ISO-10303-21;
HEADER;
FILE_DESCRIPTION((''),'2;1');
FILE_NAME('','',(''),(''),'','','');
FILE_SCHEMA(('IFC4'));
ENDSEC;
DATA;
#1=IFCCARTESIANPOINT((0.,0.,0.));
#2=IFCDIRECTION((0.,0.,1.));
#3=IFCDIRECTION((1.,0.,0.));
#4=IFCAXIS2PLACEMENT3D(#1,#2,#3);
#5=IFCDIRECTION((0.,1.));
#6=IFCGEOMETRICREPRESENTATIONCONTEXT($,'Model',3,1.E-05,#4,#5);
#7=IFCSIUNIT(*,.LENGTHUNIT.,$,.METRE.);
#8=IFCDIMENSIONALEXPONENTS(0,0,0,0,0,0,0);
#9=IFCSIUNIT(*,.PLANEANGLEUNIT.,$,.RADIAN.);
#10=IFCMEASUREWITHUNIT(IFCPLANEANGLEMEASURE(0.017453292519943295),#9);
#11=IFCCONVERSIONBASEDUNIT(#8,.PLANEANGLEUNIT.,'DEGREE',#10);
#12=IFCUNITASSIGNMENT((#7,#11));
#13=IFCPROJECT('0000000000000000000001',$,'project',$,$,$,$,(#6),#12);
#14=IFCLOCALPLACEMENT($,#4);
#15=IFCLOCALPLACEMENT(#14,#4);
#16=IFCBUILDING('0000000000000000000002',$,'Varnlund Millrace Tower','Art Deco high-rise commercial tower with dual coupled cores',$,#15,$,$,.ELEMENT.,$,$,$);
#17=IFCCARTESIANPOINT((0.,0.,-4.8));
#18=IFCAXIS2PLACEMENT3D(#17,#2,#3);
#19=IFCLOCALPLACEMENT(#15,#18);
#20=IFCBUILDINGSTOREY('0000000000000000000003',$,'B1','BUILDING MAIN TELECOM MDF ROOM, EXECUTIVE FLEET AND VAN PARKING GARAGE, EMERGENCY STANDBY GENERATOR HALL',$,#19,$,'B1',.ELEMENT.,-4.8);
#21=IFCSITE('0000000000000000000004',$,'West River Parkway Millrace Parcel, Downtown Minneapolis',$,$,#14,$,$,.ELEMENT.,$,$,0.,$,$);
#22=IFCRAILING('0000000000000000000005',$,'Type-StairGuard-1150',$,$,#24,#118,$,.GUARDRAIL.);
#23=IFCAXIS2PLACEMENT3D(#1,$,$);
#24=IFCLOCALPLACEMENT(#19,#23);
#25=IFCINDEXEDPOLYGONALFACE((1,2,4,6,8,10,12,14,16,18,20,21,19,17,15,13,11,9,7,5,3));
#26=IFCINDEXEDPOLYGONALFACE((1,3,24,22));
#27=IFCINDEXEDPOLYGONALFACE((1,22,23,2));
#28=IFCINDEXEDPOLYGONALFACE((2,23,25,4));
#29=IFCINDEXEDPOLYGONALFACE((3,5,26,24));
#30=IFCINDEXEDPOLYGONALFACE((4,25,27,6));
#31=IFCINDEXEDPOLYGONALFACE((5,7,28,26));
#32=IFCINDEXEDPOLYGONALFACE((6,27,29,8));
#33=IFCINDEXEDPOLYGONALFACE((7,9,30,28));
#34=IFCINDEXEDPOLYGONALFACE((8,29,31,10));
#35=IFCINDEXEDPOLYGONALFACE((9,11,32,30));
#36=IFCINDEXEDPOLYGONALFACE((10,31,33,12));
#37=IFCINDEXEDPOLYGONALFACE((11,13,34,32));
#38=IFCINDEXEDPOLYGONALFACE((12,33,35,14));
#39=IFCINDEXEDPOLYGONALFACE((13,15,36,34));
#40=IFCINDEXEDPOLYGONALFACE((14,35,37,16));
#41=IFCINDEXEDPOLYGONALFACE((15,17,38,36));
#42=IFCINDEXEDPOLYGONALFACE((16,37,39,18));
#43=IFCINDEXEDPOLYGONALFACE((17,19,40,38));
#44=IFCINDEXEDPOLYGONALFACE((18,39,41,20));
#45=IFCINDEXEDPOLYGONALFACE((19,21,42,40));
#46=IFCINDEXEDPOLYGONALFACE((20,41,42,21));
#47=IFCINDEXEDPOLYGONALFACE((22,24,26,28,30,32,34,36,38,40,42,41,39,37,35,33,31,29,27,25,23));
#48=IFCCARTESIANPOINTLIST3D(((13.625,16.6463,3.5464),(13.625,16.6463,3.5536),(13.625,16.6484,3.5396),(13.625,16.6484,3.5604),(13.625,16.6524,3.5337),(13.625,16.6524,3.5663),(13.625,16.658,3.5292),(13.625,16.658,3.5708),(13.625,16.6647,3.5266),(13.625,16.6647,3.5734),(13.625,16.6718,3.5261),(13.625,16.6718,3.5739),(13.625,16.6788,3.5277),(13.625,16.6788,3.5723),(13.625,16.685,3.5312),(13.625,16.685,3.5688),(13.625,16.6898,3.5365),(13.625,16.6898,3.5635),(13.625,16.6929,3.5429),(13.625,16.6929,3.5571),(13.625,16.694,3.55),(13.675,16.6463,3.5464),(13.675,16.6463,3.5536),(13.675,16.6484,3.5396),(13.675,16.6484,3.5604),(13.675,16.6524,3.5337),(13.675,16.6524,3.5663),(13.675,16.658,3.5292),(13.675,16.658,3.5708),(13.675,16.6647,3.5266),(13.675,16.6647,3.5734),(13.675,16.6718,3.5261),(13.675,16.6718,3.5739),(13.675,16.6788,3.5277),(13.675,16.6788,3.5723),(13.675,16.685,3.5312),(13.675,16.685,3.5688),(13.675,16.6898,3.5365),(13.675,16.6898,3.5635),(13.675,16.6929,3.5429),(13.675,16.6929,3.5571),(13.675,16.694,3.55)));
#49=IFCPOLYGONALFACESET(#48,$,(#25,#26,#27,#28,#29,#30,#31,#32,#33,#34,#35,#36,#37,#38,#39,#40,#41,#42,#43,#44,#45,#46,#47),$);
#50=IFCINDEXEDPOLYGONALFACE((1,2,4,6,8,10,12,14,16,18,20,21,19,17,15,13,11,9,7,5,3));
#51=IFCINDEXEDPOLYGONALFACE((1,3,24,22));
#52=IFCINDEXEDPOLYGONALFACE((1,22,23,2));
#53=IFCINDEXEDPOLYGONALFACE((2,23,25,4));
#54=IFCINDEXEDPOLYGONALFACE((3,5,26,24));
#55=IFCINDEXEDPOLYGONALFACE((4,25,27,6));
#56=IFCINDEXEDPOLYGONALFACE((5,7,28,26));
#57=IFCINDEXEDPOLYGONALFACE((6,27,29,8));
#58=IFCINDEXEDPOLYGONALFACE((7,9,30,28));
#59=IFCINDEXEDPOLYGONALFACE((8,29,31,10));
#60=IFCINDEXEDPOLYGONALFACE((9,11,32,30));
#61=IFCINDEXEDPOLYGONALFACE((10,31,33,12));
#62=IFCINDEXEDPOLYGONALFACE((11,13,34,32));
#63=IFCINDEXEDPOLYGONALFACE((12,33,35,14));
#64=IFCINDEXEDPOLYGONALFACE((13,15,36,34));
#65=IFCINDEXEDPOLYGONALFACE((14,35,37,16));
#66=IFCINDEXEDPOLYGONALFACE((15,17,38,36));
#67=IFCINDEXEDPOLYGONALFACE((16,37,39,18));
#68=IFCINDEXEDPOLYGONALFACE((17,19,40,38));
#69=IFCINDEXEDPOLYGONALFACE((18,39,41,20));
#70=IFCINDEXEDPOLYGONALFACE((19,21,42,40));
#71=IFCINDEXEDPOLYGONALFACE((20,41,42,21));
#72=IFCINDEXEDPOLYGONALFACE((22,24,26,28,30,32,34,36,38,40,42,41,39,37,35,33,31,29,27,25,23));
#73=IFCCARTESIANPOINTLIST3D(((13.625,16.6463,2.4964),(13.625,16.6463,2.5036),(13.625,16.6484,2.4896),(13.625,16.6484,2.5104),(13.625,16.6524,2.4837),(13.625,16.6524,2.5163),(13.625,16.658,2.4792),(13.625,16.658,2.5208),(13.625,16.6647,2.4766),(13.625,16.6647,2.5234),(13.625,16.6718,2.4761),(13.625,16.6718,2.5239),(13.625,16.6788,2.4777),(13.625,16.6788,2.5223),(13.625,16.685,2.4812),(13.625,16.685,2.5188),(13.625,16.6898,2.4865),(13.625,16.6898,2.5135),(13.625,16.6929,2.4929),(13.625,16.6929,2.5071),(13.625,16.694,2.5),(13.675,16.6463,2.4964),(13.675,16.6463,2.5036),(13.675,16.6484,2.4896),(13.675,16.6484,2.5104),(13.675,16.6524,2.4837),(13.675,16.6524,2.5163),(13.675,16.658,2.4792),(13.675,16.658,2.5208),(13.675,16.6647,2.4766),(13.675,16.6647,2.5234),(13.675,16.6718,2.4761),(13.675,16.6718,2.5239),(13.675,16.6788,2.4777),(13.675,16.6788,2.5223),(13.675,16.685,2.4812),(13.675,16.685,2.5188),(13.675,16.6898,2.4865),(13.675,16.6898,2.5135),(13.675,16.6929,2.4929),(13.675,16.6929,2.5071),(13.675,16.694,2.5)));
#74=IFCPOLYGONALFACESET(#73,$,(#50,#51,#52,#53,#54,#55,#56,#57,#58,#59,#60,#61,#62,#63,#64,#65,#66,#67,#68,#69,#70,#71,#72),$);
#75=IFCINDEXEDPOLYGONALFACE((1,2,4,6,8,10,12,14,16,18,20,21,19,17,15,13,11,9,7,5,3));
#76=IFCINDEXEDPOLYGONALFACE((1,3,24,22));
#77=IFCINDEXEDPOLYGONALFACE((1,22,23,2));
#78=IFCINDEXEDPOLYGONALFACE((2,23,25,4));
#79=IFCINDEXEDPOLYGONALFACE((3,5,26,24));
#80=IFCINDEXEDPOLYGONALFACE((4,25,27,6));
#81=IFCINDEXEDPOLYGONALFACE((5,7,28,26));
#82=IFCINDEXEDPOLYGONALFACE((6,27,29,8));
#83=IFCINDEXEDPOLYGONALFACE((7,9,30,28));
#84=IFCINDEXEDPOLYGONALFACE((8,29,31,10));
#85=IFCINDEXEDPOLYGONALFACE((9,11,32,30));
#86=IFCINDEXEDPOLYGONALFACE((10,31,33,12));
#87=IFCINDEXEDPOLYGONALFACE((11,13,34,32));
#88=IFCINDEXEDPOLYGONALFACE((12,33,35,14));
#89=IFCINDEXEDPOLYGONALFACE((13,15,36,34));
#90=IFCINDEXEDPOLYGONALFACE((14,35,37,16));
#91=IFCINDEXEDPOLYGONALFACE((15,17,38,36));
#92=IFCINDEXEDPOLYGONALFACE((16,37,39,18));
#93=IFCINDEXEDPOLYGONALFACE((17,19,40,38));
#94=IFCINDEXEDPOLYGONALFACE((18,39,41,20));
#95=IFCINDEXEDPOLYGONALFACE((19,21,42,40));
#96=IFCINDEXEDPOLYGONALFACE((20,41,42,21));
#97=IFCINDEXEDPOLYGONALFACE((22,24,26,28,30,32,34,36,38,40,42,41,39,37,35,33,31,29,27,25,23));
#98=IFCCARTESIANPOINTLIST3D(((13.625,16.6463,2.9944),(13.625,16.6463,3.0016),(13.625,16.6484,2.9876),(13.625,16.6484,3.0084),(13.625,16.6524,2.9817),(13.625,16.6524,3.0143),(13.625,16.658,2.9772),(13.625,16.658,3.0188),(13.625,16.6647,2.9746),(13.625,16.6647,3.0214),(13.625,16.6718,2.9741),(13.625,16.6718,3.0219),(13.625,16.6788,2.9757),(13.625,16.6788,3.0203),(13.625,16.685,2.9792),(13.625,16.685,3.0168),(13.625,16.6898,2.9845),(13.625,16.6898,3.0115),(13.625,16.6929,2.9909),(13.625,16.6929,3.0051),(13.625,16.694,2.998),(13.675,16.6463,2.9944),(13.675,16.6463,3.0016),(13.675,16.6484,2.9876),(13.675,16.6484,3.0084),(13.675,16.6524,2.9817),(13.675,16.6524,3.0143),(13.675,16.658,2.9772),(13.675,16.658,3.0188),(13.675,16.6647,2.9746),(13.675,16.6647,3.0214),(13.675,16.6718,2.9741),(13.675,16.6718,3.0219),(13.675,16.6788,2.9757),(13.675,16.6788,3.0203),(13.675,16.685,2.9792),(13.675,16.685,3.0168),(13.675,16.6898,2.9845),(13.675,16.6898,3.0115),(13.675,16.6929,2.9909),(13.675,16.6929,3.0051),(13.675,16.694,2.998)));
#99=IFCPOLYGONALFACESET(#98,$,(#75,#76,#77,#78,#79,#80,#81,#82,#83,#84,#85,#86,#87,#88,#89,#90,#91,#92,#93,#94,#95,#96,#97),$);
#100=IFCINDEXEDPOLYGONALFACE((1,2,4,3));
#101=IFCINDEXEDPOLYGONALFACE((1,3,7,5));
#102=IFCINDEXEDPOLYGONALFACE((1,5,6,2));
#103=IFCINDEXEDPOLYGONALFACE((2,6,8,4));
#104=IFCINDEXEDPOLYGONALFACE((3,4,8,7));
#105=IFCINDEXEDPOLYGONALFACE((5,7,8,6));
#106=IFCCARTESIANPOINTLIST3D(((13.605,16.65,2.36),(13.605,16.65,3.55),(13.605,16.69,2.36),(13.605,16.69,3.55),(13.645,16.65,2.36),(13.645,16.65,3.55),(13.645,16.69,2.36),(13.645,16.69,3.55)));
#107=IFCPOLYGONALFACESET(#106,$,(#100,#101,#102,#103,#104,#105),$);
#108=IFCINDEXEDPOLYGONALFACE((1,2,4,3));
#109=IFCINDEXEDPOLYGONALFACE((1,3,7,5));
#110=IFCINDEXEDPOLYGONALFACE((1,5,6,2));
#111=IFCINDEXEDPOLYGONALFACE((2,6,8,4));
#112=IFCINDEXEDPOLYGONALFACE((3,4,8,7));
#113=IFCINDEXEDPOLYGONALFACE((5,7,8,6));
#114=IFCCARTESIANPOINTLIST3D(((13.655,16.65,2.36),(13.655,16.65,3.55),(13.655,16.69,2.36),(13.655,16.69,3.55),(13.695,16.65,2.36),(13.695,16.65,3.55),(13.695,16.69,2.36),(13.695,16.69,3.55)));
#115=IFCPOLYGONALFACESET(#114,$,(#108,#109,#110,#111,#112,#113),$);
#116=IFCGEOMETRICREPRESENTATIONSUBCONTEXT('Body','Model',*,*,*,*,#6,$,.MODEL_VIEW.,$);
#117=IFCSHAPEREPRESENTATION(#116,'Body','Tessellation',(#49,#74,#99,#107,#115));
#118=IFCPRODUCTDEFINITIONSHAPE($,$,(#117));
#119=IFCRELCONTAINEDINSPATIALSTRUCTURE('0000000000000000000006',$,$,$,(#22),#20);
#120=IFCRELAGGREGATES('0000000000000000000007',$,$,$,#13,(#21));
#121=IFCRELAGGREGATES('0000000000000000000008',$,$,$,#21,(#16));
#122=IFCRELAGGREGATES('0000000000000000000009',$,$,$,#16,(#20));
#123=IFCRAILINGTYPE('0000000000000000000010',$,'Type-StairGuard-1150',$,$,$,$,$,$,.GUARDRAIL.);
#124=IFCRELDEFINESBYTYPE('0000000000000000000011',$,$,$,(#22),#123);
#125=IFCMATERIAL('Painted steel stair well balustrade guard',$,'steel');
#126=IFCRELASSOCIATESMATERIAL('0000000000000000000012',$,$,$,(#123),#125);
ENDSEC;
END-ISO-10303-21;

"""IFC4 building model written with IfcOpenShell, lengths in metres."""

from ifc_helpers import new_model, entity, si_unit, converted_unit, direction, frame, origin_with_axes, origin_2d_with_axis, place, context, subcontext, project, spatial, rectangle, circle, extrude, material, type_object, element, save


model = new_model("IFC4")

# Units and contexts
model_context = context("Model", 3, precision=1e-05, world=origin_with_axes(), true_north=direction((0.0, 1.0)))
body_context = subcontext(model_context, "Body", "Model", "MODEL_VIEW")
ifc_project = project(units=[si_unit("LENGTHUNIT", "METRE"), converted_unit("PLANEANGLEUNIT", "DEGREE", entity("IfcPlaneAngleMeasure", 0.017453292519943295), si_unit("PLANEANGLEUNIT", "RADIAN"), dimensions=[0, 0, 0, 0, 0, 0, 0])], contexts=[model_context])

# Site, building, storey
site_placement = place(None, origin_with_axes())
site = spatial("IfcSite", under=ifc_project, at=site_placement, Name="West River Parkway Millrace Parcel, Downtown Minneapolis", CompositionType="ELEMENT", RefElevation=0.0)
building_placement = place(site_placement, origin_with_axes())
building = spatial("IfcBuilding", under=site, at=building_placement, Name="Varnlund Millrace Tower", Description="Art Deco high-rise commercial tower with dual coupled cores", CompositionType="ELEMENT")
storey_placement = place(building_placement, frame((0.0, 0.0, -4.8), z_axis=(0.0, 0.0, 1.0), x_axis=(1.0, 0.0, 0.0)))
storey = spatial("IfcBuildingStorey", under=building, at=storey_placement, Name="B1", Description="BUILDING MAIN TELECOM MDF ROOM, EXECUTIVE FLEET AND VAN PARKING GARAGE, EMERGENCY STANDBY GENERATOR HALL", LongName="B1", CompositionType="ELEMENT", Elevation=-4.8)

# Railing
ifc_material_1 = material(Name="Painted steel stair well balustrade guard", Category="steel")
railing_type_1 = type_object("IfcRailingType", Name="Type-StairGuard-1150", PredefinedType="GUARDRAIL", material=ifc_material_1)
railing_1_placement = place(storey_placement, frame((0.0, 0.0, 4.8), z_axis=(0.0, 0.0, 1.0), x_axis=(1.0, 0.0, 0.0)))
element("IfcRailing", 1, at=railing_1_placement, inside=storey, type_object=railing_type_1, Name="Type-StairGuard-1150", PredefinedType="GUARDRAIL", context=body_context, shape_type="SweptSolid", body=[
    extrude(circle(Radius=0.024, at=origin_2d_with_axis()), frame((13.625, 16.67, -1.25), z_axis=(1.0, 0.0, 0.0), x_axis=(0.0, 1.0, 0.0)), (0.0, 0.0, 1.0), 0.05),
    extrude(circle(Radius=0.024, at=origin_2d_with_axis()), frame((13.625, 16.67, -2.3), z_axis=(1.0, 0.0, 0.0), x_axis=(0.0, 1.0, 0.0)), (0.0, 0.0, 1.0), 0.05),
    extrude(circle(Radius=0.024, at=origin_2d_with_axis()), frame((13.625, 16.67, -1.802), z_axis=(1.0, 0.0, 0.0), x_axis=(0.0, 1.0, 0.0)), (0.0, 0.0, 1.0), 0.05),
    extrude(rectangle(XDim=0.04, YDim=0.04, at=origin_2d_with_axis()), frame((13.625, 16.67, -2.44), z_axis=(0.0, 0.0, 1.0), x_axis=(1.0, 0.0, 0.0)), (0.0, 0.0, 1.0), 1.19),
    extrude(rectangle(XDim=0.04, YDim=0.04, at=origin_2d_with_axis()), frame((13.675, 16.67, -2.44), z_axis=(0.0, 0.0, 1.0), x_axis=(1.0, 0.0, 0.0)), (0.0, 0.0, 1.0), 1.19),
])

save(model, "model.ifc")
